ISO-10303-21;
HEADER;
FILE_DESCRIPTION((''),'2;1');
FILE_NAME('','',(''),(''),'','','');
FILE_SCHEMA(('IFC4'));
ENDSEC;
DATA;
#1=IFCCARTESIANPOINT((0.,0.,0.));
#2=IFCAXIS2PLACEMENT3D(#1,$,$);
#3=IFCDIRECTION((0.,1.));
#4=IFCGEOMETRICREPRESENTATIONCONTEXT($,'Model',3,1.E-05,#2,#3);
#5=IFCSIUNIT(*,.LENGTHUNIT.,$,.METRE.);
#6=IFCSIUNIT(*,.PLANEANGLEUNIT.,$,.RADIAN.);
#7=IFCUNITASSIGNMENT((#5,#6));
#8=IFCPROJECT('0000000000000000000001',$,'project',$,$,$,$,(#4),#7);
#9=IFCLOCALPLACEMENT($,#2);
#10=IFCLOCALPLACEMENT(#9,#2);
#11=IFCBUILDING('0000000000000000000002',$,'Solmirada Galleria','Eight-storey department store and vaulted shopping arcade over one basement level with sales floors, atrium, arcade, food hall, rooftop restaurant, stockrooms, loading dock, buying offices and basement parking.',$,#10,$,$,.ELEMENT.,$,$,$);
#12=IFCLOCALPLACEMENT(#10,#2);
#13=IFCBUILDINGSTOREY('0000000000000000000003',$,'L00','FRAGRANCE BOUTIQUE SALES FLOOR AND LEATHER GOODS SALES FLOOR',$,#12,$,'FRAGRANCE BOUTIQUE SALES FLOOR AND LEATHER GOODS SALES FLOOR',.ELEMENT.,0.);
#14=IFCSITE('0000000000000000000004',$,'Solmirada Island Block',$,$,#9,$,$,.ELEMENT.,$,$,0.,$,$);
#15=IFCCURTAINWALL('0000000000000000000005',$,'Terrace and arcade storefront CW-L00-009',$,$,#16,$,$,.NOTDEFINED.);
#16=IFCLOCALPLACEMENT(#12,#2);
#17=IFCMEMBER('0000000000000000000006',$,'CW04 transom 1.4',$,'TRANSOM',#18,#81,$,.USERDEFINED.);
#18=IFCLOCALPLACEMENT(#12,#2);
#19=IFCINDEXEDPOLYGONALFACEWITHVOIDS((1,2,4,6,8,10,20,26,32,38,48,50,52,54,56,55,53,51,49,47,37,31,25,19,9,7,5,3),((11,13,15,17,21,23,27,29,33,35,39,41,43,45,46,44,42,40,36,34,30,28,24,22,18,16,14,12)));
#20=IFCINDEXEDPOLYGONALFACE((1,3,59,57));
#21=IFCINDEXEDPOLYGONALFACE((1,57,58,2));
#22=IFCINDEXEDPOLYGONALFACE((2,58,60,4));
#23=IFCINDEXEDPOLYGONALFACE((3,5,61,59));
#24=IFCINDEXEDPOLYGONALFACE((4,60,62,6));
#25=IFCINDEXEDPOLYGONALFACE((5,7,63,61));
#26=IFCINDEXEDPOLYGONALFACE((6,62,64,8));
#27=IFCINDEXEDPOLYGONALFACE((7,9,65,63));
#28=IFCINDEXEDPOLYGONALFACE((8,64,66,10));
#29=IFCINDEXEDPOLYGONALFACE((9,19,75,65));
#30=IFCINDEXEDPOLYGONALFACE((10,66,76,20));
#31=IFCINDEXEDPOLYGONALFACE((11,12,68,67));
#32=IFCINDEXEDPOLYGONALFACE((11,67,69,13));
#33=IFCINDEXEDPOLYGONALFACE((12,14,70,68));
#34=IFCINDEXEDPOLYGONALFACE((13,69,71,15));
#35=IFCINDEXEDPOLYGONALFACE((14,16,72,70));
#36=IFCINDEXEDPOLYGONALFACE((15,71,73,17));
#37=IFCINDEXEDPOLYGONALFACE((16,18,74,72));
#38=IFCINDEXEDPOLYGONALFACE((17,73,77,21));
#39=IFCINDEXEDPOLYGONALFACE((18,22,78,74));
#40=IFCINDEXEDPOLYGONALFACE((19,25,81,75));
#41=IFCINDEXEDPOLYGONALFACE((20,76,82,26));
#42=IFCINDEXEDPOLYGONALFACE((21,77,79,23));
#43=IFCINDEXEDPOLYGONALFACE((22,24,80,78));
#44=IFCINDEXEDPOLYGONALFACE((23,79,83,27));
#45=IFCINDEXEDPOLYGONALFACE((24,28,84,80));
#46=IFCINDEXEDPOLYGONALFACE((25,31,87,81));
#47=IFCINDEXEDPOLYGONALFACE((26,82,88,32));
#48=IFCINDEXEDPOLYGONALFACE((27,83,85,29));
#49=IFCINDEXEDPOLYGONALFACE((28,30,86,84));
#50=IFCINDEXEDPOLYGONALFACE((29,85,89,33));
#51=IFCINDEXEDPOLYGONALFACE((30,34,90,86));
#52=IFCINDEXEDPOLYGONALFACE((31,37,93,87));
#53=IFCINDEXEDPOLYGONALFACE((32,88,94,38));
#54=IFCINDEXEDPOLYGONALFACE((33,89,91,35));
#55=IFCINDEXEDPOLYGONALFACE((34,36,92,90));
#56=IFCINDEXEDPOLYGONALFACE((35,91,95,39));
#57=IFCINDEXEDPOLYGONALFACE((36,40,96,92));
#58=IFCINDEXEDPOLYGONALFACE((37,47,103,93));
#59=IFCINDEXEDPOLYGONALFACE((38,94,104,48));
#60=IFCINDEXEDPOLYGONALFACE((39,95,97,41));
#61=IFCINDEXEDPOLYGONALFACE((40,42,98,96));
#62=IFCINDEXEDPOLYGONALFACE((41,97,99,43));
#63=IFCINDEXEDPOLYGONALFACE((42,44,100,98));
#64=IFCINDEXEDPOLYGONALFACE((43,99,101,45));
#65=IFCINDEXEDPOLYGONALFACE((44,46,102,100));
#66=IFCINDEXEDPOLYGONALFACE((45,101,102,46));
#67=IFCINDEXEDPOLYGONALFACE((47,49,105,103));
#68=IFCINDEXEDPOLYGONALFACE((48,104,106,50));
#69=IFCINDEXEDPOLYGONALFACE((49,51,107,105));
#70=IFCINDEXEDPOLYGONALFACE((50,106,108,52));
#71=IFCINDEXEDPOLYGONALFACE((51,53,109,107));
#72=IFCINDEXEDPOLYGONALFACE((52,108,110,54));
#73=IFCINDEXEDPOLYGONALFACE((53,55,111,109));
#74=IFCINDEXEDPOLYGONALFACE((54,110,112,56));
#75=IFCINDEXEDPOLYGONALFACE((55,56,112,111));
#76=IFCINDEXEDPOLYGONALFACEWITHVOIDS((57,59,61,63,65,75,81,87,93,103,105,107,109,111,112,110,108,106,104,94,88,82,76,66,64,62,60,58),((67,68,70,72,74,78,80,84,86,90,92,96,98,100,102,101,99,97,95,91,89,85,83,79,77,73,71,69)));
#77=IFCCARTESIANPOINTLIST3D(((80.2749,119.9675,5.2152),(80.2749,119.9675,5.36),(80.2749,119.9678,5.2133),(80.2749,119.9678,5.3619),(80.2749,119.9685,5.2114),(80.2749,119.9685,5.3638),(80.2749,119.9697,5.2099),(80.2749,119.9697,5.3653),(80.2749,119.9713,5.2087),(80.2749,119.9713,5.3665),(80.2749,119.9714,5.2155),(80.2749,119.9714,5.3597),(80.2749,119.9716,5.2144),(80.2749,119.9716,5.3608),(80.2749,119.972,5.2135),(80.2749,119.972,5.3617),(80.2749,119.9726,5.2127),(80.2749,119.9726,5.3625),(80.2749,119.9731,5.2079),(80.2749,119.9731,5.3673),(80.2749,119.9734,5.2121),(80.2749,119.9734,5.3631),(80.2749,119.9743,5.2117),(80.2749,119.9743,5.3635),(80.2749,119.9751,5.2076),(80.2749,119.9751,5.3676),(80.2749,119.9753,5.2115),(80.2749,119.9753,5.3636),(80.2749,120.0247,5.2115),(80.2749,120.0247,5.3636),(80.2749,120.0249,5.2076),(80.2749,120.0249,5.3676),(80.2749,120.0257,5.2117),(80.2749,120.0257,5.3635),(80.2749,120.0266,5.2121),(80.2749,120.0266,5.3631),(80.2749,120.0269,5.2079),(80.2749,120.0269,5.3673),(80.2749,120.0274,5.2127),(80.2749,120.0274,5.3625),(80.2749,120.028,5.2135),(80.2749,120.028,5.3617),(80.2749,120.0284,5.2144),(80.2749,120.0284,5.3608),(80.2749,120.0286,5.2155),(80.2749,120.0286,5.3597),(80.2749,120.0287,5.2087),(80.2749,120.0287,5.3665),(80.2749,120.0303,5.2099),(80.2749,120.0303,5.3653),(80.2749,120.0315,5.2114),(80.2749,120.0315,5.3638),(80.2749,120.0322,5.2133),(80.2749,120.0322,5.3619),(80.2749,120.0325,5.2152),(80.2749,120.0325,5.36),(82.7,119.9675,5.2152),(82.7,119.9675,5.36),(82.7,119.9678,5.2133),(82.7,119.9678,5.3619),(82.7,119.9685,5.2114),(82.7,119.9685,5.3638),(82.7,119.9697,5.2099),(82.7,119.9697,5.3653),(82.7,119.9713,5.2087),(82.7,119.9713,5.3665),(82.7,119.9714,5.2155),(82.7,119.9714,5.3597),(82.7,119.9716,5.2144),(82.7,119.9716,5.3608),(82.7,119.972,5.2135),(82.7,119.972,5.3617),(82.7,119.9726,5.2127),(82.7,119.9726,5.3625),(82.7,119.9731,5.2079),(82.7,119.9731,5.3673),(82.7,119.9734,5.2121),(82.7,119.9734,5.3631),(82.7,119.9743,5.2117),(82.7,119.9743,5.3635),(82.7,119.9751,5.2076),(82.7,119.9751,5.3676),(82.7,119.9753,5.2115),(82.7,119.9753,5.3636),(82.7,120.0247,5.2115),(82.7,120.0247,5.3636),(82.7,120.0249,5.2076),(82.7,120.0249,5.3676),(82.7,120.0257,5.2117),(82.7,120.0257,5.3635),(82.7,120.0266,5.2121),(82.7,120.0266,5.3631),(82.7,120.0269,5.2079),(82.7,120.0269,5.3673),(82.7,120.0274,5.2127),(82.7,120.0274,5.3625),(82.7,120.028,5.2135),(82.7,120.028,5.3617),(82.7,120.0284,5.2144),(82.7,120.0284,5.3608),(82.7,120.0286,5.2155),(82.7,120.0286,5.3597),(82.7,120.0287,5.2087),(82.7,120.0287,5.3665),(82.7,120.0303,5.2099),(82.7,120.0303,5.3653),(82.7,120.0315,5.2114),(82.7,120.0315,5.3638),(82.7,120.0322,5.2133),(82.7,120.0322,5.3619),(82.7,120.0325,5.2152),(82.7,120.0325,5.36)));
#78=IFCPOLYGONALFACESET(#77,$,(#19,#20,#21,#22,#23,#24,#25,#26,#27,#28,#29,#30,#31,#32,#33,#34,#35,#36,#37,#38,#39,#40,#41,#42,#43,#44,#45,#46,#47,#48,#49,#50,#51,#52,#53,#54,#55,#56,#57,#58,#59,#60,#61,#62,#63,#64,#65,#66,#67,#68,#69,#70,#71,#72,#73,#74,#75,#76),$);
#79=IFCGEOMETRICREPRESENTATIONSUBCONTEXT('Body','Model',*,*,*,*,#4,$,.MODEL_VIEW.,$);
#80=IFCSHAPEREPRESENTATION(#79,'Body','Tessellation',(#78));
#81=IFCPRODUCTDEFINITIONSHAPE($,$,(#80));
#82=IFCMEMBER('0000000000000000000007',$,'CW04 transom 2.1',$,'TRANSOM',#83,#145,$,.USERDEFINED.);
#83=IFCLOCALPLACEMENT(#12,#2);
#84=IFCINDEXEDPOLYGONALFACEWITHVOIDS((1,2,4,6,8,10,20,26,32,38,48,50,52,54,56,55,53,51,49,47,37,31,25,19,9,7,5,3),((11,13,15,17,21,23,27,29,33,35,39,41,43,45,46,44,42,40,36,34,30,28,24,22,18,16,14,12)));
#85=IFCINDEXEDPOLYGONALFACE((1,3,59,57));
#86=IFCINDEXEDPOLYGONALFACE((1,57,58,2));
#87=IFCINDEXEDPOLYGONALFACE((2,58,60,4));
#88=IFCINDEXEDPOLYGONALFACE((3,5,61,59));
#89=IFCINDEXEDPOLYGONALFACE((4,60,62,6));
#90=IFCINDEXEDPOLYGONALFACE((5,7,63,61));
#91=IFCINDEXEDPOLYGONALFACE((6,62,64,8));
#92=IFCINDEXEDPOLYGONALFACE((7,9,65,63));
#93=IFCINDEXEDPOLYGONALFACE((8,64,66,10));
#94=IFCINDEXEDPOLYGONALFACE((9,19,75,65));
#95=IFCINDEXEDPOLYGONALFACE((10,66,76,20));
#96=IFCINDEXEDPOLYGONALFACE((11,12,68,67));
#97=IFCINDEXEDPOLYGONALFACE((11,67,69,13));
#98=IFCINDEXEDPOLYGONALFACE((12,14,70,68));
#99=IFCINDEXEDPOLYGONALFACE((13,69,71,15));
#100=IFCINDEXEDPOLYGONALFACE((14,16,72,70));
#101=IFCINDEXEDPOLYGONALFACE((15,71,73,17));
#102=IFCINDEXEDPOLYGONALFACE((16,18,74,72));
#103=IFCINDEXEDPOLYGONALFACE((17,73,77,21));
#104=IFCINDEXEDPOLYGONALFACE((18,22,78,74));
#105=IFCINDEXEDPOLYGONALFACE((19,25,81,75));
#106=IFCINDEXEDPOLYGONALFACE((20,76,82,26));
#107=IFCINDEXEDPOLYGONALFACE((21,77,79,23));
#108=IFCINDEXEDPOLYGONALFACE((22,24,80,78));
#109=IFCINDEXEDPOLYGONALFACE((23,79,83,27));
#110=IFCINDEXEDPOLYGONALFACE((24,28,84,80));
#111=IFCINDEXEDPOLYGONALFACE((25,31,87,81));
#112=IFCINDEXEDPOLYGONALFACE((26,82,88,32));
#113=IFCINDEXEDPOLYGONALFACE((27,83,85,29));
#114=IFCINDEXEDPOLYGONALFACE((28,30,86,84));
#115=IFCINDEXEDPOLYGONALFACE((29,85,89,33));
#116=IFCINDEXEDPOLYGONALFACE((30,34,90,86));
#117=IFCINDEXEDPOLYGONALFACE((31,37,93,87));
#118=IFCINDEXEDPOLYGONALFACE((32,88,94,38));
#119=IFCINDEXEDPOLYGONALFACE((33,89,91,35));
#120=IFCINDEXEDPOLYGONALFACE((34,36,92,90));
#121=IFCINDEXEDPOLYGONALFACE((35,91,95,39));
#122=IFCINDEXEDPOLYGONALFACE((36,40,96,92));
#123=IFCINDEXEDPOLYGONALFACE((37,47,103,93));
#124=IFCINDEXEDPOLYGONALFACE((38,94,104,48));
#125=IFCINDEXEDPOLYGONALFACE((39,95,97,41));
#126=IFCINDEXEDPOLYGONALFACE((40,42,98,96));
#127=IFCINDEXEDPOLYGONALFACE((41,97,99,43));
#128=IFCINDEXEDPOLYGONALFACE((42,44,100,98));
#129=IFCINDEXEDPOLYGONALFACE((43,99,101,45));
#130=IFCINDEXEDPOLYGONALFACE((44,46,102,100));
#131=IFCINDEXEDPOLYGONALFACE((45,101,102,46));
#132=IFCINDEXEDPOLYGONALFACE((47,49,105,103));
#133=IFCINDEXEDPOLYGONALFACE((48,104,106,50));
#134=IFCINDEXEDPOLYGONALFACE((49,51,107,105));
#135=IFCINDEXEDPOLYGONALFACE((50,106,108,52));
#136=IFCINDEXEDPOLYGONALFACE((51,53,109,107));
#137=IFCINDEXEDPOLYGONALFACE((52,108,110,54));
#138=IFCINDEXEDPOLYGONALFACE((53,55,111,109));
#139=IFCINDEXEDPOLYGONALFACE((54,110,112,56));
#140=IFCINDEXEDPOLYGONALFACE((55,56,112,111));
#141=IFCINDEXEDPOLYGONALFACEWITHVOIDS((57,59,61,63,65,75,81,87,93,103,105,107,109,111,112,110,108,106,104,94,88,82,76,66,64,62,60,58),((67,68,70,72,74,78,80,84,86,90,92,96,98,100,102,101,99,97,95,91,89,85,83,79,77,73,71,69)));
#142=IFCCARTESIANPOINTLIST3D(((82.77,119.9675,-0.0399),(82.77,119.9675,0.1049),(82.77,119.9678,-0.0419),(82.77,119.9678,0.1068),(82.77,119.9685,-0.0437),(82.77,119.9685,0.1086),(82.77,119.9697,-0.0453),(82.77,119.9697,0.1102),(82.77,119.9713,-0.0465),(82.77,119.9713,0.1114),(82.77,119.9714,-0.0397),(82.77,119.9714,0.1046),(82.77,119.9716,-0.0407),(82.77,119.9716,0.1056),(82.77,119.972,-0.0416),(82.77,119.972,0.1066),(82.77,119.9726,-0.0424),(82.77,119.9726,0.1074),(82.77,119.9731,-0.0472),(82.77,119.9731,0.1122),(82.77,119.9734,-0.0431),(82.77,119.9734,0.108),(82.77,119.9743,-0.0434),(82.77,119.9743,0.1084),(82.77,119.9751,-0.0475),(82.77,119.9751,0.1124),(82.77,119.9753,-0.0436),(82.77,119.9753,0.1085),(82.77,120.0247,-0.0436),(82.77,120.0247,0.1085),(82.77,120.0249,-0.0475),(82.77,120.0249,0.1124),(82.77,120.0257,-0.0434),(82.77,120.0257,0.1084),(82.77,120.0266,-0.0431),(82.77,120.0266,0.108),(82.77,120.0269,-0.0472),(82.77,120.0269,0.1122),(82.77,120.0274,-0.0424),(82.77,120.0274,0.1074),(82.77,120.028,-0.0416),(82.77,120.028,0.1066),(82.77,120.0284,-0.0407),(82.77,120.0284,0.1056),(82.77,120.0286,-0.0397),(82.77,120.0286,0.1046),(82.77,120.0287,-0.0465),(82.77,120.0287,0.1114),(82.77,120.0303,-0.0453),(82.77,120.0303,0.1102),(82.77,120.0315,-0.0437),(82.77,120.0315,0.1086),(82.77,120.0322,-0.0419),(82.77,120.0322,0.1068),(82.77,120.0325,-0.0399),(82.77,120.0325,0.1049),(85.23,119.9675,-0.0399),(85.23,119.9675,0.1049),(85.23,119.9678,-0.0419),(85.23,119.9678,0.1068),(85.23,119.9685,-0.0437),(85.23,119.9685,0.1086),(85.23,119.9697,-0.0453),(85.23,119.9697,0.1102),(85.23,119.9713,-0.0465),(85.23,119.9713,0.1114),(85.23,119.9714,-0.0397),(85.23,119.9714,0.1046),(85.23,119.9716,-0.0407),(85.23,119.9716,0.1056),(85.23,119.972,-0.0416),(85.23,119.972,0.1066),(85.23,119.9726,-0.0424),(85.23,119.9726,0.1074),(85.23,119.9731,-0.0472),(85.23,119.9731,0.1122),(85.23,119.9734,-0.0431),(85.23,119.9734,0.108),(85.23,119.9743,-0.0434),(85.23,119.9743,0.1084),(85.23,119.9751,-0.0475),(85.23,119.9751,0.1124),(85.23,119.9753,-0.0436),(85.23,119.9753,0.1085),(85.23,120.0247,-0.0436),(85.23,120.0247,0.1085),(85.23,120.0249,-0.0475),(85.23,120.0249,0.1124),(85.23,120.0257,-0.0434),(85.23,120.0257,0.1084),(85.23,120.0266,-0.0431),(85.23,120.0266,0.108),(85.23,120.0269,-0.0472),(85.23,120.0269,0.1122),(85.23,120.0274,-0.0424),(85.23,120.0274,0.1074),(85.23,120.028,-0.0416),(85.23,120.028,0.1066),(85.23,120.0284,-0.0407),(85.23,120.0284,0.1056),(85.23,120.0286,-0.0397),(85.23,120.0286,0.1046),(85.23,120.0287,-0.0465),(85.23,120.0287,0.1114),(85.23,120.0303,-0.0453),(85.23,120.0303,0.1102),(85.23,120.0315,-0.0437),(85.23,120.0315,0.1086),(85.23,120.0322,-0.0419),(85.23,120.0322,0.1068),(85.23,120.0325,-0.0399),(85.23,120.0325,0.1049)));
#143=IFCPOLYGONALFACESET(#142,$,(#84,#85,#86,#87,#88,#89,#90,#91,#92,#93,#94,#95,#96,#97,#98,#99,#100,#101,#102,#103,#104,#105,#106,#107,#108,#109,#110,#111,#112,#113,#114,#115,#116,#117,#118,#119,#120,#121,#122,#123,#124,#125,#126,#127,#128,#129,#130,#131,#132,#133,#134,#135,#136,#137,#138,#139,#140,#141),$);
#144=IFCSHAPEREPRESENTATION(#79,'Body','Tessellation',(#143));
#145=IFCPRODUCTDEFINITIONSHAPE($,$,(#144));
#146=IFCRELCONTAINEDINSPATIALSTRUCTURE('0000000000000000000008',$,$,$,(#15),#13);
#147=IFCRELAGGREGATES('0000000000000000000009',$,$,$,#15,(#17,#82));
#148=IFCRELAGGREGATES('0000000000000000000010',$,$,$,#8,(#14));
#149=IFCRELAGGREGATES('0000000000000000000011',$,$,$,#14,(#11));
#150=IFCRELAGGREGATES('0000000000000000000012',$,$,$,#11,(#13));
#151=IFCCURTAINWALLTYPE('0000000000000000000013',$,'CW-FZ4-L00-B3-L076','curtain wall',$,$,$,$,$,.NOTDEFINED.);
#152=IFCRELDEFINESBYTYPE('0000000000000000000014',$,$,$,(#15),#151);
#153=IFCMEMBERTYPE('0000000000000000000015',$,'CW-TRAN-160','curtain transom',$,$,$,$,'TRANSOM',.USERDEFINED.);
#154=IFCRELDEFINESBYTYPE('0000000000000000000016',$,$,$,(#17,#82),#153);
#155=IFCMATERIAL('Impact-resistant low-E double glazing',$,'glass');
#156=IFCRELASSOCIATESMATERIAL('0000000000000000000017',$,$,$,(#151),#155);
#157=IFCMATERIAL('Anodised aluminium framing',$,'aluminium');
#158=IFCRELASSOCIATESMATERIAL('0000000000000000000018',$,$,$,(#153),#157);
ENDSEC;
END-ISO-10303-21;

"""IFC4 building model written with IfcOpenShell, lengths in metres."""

from ifc_helpers import new_model, si_unit, direction, frame, origin, origin_2d, place, context, subcontext, project, spatial, hollow_rectangle, extrude, material, material_profile, profile_set, type_object, element, aggregate, save


model = new_model("IFC4")

# Units and contexts
model_context = context("Model", 3, precision=1e-05, world=origin(), true_north=direction((0.0, 1.0)))
body_context = subcontext(model_context, "Body", "Model", "MODEL_VIEW")
ifc_project = project(units=[si_unit("LENGTHUNIT", "METRE"), si_unit("PLANEANGLEUNIT", "RADIAN")], contexts=[model_context])

# Site, building, storey
site_placement = place(None, origin())
site = spatial("IfcSite", under=ifc_project, at=site_placement, Name="Solmirada Island Block", CompositionType="ELEMENT", RefElevation=0.0)
building_placement = place(site_placement, origin())
building = spatial("IfcBuilding", under=site, at=building_placement, Name="Solmirada Galleria", Description="Eight-storey department store and vaulted shopping arcade over one basement level with sales floors, atrium, arcade, food hall, rooftop restaurant, stockrooms, loading dock, buying offices and basement parking.", CompositionType="ELEMENT")
storey_placement = place(building_placement, origin())
storey = spatial("IfcBuildingStorey", under=building, at=storey_placement, Name="L00", Description="FRAGRANCE BOUTIQUE SALES FLOOR AND LEATHER GOODS SALES FLOOR", LongName="FRAGRANCE BOUTIQUE SALES FLOOR AND LEATHER GOODS SALES FLOOR", CompositionType="ELEMENT", Elevation=0.0)

# Curtain wall, members
ifc_material_1 = material(Name="Impact-resistant low-E double glazing", Category="glass")
curtain_wall_type = type_object("IfcCurtainWallType", Name="CW-FZ4-L00-B3-L076", Description="curtain wall", PredefinedType="NOTDEFINED", material=ifc_material_1)
curtain_wall_placement = place(storey_placement, origin())
curtain_wall = element("IfcCurtainWall", 1, at=curtain_wall_placement, inside=storey, type_object=curtain_wall_type, Name="Terrace and arcade storefront CW-L00-009", PredefinedType="NOTDEFINED")
ifc_material_2 = material(Name="Anodised aluminium framing", Category="aluminium")
ifc_material_profile_1 = material_profile(ifc_material_2, hollow_rectangle(XDim=0.0649, YDim=0.1599, WallThickness=0.0039, InnerFilletRadius=0.0039, OuterFilletRadius=0.0076, at=origin_2d()), Name="ALU-TRAN-160X65")
ifc_profile_set_1 = profile_set([ifc_material_profile_1], Name="Anodised aluminium framing")
member_type_1 = type_object("IfcMemberType", Name="CW-TRAN-160", Description="curtain transom", ElementType="TRANSOM", PredefinedType="USERDEFINED", material=ifc_profile_set_1)
member_1_placement = place(storey_placement, frame((80.2749, 120.0, 5.2876), z_axis=(1.0, 0.0, 0.0), x_axis=(0.0, 1.0, 0.0)))
member_1 = element("IfcMember", 2, at=member_1_placement, type_object=member_type_1, Name="CW04 transom 1.4", ObjectType="TRANSOM", PredefinedType="USERDEFINED", context=body_context, shape_type="SweptSolid", body=[
    extrude(hollow_rectangle(XDim=0.0649, YDim=0.1599, WallThickness=0.0039, InnerFilletRadius=0.0039, OuterFilletRadius=0.0076, at=origin_2d()), origin(), (0.0, 0.0, 1.0), 2.425),
])
member_2_placement = place(storey_placement, frame((82.77, 120.0, 0.0325), z_axis=(1.0, 0.0, 0.0), x_axis=(0.0, 1.0, 0.0)))
member_2 = element("IfcMember", 3, at=member_2_placement, type_object=member_type_1, Name="CW04 transom 2.1", ObjectType="TRANSOM", PredefinedType="USERDEFINED", context=body_context, shape_type="SweptSolid", body=[
    extrude(hollow_rectangle(XDim=0.0649, YDim=0.1599, WallThickness=0.0039, InnerFilletRadius=0.0039, OuterFilletRadius=0.0076, at=origin_2d()), origin(), (0.0, 0.0, 1.0), 2.46),
])
aggregate(curtain_wall, [member_1, member_2])

save(model, "model.ifc")
